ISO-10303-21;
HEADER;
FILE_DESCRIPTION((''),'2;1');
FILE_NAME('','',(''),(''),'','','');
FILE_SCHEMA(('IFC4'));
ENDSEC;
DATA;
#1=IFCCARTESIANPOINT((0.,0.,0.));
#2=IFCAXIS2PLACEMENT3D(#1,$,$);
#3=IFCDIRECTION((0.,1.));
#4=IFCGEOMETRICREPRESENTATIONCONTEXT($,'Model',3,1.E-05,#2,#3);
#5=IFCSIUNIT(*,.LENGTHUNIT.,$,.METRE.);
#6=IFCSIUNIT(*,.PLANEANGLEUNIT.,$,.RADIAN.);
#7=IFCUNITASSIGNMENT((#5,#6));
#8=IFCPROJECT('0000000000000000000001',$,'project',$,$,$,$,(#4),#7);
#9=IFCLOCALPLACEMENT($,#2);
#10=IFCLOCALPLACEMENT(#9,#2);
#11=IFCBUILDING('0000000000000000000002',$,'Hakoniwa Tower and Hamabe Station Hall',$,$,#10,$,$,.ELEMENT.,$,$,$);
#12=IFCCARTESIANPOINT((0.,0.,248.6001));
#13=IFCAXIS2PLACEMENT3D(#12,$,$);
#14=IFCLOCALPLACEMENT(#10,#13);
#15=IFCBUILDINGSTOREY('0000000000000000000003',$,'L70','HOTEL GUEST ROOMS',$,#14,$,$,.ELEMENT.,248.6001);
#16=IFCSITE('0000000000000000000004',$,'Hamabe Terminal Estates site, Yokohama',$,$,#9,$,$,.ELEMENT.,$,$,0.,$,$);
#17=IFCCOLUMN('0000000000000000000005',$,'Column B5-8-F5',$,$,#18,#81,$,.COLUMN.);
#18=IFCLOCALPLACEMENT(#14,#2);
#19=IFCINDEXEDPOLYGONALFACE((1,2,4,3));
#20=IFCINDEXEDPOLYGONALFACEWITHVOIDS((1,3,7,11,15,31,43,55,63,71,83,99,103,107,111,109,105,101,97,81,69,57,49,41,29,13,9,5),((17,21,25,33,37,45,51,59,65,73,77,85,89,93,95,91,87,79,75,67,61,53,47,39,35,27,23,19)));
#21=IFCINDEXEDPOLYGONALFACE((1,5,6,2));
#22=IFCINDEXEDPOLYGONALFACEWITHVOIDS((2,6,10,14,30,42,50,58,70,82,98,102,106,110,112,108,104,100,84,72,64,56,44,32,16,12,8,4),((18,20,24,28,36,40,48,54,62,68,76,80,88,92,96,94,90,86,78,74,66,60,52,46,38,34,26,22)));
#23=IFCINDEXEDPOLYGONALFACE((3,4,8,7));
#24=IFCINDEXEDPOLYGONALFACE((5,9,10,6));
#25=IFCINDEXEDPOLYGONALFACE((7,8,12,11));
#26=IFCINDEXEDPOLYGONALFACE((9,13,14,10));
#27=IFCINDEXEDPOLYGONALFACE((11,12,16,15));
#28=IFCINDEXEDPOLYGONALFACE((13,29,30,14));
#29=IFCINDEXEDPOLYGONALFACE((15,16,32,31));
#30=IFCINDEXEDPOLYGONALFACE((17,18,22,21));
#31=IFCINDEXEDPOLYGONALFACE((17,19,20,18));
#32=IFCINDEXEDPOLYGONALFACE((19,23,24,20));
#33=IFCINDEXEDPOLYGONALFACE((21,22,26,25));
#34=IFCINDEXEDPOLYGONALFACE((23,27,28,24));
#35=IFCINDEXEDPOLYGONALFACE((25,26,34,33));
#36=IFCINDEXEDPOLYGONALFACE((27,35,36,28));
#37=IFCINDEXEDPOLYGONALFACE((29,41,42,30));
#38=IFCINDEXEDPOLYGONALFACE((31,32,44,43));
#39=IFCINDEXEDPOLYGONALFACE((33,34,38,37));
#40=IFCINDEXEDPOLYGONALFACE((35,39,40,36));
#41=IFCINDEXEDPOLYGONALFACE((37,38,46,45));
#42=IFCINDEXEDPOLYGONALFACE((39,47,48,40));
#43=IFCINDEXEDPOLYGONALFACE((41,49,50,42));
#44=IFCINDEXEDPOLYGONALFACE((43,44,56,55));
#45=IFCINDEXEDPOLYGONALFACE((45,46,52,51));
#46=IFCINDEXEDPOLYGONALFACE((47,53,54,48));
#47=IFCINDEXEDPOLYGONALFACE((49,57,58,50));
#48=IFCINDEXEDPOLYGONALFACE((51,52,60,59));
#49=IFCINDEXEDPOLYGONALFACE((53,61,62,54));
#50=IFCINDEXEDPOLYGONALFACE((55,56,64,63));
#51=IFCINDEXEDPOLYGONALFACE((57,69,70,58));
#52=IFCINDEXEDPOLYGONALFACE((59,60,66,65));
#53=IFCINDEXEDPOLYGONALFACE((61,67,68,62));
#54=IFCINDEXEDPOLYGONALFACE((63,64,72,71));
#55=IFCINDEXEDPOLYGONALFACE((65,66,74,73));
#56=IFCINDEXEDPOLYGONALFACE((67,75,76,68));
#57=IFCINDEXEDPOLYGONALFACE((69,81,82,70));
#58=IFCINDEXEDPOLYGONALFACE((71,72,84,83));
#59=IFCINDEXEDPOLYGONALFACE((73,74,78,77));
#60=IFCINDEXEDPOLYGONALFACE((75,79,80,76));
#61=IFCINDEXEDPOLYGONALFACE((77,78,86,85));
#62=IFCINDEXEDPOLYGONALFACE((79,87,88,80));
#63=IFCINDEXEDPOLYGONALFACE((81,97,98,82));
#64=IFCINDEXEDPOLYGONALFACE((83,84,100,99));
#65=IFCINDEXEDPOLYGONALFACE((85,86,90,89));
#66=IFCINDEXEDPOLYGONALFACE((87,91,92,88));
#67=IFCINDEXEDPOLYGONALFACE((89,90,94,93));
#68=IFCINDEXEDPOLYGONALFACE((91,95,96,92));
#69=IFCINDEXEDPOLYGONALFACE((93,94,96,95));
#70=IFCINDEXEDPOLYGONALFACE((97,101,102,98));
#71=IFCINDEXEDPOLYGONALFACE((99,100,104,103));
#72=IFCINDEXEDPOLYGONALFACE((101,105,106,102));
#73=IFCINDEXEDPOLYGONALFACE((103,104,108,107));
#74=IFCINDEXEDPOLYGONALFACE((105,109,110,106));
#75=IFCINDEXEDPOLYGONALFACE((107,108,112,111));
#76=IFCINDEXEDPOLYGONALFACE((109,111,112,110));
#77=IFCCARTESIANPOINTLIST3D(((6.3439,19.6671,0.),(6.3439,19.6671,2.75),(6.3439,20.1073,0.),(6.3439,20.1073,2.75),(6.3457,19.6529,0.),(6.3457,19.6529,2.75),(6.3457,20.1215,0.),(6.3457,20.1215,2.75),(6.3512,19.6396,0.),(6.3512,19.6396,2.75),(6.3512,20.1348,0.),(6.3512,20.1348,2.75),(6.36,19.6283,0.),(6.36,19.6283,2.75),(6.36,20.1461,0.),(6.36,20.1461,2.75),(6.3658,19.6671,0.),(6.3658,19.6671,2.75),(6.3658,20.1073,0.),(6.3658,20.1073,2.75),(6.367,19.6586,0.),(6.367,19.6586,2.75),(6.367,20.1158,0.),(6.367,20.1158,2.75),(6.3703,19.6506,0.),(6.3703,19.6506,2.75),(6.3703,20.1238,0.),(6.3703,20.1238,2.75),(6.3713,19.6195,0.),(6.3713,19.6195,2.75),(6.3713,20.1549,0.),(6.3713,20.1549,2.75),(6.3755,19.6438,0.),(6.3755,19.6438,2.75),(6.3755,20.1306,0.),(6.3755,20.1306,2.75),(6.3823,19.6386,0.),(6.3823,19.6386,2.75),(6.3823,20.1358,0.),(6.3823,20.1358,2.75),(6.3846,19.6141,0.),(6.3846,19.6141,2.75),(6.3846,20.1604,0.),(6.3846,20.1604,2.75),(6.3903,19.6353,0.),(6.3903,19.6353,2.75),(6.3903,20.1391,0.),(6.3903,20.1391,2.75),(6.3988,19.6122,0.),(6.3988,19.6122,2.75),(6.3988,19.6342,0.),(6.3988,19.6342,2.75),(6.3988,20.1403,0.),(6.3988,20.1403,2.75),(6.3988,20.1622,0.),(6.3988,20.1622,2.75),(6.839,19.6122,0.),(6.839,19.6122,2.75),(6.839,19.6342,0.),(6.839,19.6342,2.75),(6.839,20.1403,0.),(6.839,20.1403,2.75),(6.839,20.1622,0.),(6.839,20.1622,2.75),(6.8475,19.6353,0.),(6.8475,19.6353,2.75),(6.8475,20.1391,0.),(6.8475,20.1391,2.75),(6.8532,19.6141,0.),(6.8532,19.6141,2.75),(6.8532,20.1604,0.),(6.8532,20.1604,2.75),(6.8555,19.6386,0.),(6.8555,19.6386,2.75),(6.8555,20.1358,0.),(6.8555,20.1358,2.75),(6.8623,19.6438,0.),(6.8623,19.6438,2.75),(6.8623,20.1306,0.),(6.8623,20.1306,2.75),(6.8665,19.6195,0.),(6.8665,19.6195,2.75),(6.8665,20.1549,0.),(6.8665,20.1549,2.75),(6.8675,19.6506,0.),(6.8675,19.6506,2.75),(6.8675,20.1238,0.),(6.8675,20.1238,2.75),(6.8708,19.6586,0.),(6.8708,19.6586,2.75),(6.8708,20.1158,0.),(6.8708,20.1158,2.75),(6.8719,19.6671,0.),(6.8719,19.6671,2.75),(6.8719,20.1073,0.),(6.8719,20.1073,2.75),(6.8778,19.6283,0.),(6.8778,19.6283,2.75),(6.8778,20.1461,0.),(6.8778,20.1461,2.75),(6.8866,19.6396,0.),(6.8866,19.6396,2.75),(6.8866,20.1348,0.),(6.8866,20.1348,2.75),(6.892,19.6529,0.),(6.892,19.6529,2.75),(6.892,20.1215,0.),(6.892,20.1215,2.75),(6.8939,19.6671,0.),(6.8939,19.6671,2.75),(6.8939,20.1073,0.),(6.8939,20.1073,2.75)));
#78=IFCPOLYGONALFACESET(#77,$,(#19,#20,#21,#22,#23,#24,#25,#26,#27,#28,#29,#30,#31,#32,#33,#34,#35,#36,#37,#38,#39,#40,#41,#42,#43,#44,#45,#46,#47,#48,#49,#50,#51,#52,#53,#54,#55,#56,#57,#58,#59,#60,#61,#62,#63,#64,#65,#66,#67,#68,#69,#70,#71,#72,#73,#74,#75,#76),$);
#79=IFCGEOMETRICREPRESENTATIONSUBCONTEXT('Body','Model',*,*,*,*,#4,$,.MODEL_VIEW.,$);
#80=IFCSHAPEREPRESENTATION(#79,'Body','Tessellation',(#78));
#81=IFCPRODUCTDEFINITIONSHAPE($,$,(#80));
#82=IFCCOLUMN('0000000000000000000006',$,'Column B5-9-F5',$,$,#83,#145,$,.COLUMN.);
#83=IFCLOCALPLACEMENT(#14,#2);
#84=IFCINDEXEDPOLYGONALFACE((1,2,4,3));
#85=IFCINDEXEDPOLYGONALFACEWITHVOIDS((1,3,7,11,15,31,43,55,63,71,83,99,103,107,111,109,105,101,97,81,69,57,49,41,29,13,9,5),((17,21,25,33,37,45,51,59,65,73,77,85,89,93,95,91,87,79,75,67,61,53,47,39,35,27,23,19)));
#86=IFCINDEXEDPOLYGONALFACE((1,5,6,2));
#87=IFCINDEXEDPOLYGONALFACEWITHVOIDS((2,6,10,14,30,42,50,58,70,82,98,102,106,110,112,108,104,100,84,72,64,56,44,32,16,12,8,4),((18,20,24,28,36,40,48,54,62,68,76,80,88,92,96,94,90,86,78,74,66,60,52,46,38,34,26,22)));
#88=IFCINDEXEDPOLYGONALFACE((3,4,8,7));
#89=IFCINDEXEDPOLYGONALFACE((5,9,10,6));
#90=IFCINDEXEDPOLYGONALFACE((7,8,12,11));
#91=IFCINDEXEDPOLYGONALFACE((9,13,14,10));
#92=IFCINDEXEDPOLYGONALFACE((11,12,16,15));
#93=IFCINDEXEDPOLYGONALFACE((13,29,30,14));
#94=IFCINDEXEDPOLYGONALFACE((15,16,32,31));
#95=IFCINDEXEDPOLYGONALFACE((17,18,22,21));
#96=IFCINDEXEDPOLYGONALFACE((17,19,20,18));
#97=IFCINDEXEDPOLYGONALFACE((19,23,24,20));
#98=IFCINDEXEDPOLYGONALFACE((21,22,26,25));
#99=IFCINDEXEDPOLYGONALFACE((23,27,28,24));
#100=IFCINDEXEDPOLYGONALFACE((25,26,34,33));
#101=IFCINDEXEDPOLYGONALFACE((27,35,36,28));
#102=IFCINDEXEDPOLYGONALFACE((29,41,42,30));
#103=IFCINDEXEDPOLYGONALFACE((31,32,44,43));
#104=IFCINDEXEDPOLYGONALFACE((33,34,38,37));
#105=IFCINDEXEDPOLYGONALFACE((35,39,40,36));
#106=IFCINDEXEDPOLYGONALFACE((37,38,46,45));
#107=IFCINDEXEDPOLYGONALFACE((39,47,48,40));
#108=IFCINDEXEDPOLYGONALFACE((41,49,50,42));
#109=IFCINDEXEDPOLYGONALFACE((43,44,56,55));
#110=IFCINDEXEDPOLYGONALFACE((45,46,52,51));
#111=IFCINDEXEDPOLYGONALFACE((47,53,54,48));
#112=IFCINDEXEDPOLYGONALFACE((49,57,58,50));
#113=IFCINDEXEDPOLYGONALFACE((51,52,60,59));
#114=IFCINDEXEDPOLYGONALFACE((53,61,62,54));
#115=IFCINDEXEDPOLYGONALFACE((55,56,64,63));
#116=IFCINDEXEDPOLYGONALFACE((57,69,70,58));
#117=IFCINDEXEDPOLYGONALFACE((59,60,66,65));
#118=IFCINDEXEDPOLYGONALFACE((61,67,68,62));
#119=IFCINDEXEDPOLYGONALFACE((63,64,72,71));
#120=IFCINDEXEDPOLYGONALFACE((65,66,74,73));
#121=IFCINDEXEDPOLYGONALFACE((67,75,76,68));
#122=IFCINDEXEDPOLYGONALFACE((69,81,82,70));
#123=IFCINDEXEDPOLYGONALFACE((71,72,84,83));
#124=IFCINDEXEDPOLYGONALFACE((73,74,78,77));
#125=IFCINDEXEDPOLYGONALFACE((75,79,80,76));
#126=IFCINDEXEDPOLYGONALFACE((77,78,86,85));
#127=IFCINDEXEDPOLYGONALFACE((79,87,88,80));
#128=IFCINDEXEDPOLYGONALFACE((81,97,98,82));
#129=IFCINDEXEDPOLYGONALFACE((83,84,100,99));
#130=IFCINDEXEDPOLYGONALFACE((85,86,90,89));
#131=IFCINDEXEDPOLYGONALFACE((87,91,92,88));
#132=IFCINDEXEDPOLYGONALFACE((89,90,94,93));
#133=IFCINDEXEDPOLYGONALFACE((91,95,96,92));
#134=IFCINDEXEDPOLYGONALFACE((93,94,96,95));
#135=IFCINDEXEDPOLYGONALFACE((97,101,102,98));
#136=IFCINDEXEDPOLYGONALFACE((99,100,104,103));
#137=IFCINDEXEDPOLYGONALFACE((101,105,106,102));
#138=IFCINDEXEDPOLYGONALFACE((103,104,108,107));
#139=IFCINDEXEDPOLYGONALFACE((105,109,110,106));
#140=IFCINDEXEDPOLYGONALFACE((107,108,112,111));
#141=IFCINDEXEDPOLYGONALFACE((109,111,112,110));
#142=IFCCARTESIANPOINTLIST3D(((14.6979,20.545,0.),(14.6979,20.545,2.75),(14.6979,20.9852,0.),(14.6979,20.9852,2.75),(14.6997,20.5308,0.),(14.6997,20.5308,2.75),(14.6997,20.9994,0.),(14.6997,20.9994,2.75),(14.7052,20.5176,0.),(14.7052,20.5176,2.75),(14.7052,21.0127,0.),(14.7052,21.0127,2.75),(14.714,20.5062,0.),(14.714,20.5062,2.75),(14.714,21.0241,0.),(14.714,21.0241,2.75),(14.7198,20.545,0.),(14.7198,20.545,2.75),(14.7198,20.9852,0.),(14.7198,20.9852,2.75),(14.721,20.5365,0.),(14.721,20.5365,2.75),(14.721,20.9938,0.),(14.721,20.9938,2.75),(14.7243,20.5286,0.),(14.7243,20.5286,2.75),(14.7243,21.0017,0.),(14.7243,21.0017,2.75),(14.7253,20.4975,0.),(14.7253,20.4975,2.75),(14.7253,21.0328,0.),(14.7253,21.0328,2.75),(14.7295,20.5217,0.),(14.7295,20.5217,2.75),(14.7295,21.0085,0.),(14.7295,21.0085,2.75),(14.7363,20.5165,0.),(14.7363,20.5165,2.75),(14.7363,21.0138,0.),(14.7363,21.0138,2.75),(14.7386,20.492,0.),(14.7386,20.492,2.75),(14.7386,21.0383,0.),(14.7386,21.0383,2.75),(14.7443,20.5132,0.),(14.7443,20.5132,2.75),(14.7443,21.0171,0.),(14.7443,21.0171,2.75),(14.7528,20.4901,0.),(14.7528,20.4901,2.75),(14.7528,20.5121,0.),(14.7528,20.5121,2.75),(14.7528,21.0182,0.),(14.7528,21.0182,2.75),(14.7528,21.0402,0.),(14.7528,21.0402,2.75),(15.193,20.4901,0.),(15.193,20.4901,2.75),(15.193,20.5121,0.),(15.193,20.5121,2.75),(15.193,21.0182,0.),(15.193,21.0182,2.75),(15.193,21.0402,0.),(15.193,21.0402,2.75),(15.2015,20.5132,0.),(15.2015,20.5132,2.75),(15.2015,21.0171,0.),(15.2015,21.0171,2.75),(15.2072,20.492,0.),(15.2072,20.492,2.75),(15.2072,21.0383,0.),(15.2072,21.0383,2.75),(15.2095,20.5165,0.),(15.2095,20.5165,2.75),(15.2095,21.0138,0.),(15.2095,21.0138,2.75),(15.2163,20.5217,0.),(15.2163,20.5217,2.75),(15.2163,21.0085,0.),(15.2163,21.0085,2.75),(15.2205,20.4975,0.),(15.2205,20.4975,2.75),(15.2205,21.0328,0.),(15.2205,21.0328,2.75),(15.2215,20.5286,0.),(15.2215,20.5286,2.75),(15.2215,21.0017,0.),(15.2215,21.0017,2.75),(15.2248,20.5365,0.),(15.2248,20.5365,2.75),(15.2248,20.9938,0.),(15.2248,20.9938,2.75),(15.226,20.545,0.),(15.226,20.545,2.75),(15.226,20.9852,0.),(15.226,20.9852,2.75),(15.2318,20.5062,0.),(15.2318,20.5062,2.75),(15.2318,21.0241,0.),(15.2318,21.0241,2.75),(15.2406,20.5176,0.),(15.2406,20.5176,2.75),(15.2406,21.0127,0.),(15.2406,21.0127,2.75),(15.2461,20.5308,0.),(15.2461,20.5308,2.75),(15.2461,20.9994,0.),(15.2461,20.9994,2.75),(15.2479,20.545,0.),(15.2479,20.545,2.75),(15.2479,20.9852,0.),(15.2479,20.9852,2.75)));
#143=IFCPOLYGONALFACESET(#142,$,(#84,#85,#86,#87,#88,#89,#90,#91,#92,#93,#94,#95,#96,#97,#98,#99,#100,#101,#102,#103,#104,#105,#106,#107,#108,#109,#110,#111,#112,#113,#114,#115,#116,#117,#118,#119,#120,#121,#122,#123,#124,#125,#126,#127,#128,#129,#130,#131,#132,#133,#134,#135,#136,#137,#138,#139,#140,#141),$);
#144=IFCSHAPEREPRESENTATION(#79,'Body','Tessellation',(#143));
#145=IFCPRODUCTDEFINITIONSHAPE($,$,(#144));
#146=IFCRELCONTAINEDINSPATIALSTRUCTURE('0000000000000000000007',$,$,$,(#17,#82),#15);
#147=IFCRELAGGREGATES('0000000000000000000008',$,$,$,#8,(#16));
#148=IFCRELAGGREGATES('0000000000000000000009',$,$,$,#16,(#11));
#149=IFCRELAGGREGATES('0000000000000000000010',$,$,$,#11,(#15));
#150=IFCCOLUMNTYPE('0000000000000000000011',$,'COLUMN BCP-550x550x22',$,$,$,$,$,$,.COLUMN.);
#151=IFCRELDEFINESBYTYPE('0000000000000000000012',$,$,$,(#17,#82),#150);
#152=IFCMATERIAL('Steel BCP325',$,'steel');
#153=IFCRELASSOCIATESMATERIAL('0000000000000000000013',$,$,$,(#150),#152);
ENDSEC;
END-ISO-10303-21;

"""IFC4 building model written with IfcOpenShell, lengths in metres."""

from ifc_helpers import new_model, si_unit, direction, frame, origin, origin_2d, place, context, subcontext, project, spatial, hollow_rectangle, extrude, material, material_profile, profile_set, type_object, element, save


model = new_model("IFC4")

# Units and contexts
model_context = context("Model", 3, precision=1e-05, world=origin(), true_north=direction((0.0, 1.0)))
body_context = subcontext(model_context, "Body", "Model", "MODEL_VIEW")
ifc_project = project(units=[si_unit("LENGTHUNIT", "METRE"), si_unit("PLANEANGLEUNIT", "RADIAN")], contexts=[model_context])

# Site, building, storey
site_placement = place(None, origin())
site = spatial("IfcSite", under=ifc_project, at=site_placement, Name="Hamabe Terminal Estates site, Yokohama", CompositionType="ELEMENT", RefElevation=0.0)
building_placement = place(site_placement, origin())
building = spatial("IfcBuilding", under=site, at=building_placement, Name="Hakoniwa Tower and Hamabe Station Hall", CompositionType="ELEMENT")
storey_placement = place(building_placement, frame((0.0, 0.0, 248.6001)))
storey = spatial("IfcBuildingStorey", under=building, at=storey_placement, Name="L70", Description="HOTEL GUEST ROOMS", CompositionType="ELEMENT", Elevation=248.6001)

# Columns
ifc_material_1 = material(Name="Steel BCP325", Category="steel")
ifc_material_profile_1 = material_profile(ifc_material_1, hollow_rectangle(XDim=0.55, YDim=0.55, WallThickness=0.022, InnerFilletRadius=0.033, OuterFilletRadius=0.0549, at=origin_2d()), Name="BCP-550x550x22")
ifc_profile_set_1 = profile_set([ifc_material_profile_1], Name="Steel BCP325")
column_type_1 = type_object("IfcColumnType", Name="COLUMN BCP-550x550x22", PredefinedType="COLUMN", material=ifc_profile_set_1)
for number, where, z_axis, x_axis, name in (
    (1, (6.6189, 19.8872, 0.0), (0.0, 0.0, 1.0), (1.0, 0.0, 0.0), "Column B5-8-F5"),
    (2, (14.9729, 20.7651, 0.0), (0.0, 0.0, 1.0), (1.0, 0.0, 0.0), "Column B5-9-F5"),
):
    element("IfcColumn", number, at=place(storey_placement, frame(where, z_axis=z_axis, x_axis=x_axis)), inside=storey, type_object=column_type_1, Name=name, PredefinedType="COLUMN", context=body_context, shape_type="SweptSolid", body=[
        extrude(hollow_rectangle(XDim=0.55, YDim=0.55, WallThickness=0.022, InnerFilletRadius=0.033, OuterFilletRadius=0.0549, at=origin_2d()), origin(), (0.0, 0.0, 1.0), 2.75),
    ])

save(model, "model.ifc")
